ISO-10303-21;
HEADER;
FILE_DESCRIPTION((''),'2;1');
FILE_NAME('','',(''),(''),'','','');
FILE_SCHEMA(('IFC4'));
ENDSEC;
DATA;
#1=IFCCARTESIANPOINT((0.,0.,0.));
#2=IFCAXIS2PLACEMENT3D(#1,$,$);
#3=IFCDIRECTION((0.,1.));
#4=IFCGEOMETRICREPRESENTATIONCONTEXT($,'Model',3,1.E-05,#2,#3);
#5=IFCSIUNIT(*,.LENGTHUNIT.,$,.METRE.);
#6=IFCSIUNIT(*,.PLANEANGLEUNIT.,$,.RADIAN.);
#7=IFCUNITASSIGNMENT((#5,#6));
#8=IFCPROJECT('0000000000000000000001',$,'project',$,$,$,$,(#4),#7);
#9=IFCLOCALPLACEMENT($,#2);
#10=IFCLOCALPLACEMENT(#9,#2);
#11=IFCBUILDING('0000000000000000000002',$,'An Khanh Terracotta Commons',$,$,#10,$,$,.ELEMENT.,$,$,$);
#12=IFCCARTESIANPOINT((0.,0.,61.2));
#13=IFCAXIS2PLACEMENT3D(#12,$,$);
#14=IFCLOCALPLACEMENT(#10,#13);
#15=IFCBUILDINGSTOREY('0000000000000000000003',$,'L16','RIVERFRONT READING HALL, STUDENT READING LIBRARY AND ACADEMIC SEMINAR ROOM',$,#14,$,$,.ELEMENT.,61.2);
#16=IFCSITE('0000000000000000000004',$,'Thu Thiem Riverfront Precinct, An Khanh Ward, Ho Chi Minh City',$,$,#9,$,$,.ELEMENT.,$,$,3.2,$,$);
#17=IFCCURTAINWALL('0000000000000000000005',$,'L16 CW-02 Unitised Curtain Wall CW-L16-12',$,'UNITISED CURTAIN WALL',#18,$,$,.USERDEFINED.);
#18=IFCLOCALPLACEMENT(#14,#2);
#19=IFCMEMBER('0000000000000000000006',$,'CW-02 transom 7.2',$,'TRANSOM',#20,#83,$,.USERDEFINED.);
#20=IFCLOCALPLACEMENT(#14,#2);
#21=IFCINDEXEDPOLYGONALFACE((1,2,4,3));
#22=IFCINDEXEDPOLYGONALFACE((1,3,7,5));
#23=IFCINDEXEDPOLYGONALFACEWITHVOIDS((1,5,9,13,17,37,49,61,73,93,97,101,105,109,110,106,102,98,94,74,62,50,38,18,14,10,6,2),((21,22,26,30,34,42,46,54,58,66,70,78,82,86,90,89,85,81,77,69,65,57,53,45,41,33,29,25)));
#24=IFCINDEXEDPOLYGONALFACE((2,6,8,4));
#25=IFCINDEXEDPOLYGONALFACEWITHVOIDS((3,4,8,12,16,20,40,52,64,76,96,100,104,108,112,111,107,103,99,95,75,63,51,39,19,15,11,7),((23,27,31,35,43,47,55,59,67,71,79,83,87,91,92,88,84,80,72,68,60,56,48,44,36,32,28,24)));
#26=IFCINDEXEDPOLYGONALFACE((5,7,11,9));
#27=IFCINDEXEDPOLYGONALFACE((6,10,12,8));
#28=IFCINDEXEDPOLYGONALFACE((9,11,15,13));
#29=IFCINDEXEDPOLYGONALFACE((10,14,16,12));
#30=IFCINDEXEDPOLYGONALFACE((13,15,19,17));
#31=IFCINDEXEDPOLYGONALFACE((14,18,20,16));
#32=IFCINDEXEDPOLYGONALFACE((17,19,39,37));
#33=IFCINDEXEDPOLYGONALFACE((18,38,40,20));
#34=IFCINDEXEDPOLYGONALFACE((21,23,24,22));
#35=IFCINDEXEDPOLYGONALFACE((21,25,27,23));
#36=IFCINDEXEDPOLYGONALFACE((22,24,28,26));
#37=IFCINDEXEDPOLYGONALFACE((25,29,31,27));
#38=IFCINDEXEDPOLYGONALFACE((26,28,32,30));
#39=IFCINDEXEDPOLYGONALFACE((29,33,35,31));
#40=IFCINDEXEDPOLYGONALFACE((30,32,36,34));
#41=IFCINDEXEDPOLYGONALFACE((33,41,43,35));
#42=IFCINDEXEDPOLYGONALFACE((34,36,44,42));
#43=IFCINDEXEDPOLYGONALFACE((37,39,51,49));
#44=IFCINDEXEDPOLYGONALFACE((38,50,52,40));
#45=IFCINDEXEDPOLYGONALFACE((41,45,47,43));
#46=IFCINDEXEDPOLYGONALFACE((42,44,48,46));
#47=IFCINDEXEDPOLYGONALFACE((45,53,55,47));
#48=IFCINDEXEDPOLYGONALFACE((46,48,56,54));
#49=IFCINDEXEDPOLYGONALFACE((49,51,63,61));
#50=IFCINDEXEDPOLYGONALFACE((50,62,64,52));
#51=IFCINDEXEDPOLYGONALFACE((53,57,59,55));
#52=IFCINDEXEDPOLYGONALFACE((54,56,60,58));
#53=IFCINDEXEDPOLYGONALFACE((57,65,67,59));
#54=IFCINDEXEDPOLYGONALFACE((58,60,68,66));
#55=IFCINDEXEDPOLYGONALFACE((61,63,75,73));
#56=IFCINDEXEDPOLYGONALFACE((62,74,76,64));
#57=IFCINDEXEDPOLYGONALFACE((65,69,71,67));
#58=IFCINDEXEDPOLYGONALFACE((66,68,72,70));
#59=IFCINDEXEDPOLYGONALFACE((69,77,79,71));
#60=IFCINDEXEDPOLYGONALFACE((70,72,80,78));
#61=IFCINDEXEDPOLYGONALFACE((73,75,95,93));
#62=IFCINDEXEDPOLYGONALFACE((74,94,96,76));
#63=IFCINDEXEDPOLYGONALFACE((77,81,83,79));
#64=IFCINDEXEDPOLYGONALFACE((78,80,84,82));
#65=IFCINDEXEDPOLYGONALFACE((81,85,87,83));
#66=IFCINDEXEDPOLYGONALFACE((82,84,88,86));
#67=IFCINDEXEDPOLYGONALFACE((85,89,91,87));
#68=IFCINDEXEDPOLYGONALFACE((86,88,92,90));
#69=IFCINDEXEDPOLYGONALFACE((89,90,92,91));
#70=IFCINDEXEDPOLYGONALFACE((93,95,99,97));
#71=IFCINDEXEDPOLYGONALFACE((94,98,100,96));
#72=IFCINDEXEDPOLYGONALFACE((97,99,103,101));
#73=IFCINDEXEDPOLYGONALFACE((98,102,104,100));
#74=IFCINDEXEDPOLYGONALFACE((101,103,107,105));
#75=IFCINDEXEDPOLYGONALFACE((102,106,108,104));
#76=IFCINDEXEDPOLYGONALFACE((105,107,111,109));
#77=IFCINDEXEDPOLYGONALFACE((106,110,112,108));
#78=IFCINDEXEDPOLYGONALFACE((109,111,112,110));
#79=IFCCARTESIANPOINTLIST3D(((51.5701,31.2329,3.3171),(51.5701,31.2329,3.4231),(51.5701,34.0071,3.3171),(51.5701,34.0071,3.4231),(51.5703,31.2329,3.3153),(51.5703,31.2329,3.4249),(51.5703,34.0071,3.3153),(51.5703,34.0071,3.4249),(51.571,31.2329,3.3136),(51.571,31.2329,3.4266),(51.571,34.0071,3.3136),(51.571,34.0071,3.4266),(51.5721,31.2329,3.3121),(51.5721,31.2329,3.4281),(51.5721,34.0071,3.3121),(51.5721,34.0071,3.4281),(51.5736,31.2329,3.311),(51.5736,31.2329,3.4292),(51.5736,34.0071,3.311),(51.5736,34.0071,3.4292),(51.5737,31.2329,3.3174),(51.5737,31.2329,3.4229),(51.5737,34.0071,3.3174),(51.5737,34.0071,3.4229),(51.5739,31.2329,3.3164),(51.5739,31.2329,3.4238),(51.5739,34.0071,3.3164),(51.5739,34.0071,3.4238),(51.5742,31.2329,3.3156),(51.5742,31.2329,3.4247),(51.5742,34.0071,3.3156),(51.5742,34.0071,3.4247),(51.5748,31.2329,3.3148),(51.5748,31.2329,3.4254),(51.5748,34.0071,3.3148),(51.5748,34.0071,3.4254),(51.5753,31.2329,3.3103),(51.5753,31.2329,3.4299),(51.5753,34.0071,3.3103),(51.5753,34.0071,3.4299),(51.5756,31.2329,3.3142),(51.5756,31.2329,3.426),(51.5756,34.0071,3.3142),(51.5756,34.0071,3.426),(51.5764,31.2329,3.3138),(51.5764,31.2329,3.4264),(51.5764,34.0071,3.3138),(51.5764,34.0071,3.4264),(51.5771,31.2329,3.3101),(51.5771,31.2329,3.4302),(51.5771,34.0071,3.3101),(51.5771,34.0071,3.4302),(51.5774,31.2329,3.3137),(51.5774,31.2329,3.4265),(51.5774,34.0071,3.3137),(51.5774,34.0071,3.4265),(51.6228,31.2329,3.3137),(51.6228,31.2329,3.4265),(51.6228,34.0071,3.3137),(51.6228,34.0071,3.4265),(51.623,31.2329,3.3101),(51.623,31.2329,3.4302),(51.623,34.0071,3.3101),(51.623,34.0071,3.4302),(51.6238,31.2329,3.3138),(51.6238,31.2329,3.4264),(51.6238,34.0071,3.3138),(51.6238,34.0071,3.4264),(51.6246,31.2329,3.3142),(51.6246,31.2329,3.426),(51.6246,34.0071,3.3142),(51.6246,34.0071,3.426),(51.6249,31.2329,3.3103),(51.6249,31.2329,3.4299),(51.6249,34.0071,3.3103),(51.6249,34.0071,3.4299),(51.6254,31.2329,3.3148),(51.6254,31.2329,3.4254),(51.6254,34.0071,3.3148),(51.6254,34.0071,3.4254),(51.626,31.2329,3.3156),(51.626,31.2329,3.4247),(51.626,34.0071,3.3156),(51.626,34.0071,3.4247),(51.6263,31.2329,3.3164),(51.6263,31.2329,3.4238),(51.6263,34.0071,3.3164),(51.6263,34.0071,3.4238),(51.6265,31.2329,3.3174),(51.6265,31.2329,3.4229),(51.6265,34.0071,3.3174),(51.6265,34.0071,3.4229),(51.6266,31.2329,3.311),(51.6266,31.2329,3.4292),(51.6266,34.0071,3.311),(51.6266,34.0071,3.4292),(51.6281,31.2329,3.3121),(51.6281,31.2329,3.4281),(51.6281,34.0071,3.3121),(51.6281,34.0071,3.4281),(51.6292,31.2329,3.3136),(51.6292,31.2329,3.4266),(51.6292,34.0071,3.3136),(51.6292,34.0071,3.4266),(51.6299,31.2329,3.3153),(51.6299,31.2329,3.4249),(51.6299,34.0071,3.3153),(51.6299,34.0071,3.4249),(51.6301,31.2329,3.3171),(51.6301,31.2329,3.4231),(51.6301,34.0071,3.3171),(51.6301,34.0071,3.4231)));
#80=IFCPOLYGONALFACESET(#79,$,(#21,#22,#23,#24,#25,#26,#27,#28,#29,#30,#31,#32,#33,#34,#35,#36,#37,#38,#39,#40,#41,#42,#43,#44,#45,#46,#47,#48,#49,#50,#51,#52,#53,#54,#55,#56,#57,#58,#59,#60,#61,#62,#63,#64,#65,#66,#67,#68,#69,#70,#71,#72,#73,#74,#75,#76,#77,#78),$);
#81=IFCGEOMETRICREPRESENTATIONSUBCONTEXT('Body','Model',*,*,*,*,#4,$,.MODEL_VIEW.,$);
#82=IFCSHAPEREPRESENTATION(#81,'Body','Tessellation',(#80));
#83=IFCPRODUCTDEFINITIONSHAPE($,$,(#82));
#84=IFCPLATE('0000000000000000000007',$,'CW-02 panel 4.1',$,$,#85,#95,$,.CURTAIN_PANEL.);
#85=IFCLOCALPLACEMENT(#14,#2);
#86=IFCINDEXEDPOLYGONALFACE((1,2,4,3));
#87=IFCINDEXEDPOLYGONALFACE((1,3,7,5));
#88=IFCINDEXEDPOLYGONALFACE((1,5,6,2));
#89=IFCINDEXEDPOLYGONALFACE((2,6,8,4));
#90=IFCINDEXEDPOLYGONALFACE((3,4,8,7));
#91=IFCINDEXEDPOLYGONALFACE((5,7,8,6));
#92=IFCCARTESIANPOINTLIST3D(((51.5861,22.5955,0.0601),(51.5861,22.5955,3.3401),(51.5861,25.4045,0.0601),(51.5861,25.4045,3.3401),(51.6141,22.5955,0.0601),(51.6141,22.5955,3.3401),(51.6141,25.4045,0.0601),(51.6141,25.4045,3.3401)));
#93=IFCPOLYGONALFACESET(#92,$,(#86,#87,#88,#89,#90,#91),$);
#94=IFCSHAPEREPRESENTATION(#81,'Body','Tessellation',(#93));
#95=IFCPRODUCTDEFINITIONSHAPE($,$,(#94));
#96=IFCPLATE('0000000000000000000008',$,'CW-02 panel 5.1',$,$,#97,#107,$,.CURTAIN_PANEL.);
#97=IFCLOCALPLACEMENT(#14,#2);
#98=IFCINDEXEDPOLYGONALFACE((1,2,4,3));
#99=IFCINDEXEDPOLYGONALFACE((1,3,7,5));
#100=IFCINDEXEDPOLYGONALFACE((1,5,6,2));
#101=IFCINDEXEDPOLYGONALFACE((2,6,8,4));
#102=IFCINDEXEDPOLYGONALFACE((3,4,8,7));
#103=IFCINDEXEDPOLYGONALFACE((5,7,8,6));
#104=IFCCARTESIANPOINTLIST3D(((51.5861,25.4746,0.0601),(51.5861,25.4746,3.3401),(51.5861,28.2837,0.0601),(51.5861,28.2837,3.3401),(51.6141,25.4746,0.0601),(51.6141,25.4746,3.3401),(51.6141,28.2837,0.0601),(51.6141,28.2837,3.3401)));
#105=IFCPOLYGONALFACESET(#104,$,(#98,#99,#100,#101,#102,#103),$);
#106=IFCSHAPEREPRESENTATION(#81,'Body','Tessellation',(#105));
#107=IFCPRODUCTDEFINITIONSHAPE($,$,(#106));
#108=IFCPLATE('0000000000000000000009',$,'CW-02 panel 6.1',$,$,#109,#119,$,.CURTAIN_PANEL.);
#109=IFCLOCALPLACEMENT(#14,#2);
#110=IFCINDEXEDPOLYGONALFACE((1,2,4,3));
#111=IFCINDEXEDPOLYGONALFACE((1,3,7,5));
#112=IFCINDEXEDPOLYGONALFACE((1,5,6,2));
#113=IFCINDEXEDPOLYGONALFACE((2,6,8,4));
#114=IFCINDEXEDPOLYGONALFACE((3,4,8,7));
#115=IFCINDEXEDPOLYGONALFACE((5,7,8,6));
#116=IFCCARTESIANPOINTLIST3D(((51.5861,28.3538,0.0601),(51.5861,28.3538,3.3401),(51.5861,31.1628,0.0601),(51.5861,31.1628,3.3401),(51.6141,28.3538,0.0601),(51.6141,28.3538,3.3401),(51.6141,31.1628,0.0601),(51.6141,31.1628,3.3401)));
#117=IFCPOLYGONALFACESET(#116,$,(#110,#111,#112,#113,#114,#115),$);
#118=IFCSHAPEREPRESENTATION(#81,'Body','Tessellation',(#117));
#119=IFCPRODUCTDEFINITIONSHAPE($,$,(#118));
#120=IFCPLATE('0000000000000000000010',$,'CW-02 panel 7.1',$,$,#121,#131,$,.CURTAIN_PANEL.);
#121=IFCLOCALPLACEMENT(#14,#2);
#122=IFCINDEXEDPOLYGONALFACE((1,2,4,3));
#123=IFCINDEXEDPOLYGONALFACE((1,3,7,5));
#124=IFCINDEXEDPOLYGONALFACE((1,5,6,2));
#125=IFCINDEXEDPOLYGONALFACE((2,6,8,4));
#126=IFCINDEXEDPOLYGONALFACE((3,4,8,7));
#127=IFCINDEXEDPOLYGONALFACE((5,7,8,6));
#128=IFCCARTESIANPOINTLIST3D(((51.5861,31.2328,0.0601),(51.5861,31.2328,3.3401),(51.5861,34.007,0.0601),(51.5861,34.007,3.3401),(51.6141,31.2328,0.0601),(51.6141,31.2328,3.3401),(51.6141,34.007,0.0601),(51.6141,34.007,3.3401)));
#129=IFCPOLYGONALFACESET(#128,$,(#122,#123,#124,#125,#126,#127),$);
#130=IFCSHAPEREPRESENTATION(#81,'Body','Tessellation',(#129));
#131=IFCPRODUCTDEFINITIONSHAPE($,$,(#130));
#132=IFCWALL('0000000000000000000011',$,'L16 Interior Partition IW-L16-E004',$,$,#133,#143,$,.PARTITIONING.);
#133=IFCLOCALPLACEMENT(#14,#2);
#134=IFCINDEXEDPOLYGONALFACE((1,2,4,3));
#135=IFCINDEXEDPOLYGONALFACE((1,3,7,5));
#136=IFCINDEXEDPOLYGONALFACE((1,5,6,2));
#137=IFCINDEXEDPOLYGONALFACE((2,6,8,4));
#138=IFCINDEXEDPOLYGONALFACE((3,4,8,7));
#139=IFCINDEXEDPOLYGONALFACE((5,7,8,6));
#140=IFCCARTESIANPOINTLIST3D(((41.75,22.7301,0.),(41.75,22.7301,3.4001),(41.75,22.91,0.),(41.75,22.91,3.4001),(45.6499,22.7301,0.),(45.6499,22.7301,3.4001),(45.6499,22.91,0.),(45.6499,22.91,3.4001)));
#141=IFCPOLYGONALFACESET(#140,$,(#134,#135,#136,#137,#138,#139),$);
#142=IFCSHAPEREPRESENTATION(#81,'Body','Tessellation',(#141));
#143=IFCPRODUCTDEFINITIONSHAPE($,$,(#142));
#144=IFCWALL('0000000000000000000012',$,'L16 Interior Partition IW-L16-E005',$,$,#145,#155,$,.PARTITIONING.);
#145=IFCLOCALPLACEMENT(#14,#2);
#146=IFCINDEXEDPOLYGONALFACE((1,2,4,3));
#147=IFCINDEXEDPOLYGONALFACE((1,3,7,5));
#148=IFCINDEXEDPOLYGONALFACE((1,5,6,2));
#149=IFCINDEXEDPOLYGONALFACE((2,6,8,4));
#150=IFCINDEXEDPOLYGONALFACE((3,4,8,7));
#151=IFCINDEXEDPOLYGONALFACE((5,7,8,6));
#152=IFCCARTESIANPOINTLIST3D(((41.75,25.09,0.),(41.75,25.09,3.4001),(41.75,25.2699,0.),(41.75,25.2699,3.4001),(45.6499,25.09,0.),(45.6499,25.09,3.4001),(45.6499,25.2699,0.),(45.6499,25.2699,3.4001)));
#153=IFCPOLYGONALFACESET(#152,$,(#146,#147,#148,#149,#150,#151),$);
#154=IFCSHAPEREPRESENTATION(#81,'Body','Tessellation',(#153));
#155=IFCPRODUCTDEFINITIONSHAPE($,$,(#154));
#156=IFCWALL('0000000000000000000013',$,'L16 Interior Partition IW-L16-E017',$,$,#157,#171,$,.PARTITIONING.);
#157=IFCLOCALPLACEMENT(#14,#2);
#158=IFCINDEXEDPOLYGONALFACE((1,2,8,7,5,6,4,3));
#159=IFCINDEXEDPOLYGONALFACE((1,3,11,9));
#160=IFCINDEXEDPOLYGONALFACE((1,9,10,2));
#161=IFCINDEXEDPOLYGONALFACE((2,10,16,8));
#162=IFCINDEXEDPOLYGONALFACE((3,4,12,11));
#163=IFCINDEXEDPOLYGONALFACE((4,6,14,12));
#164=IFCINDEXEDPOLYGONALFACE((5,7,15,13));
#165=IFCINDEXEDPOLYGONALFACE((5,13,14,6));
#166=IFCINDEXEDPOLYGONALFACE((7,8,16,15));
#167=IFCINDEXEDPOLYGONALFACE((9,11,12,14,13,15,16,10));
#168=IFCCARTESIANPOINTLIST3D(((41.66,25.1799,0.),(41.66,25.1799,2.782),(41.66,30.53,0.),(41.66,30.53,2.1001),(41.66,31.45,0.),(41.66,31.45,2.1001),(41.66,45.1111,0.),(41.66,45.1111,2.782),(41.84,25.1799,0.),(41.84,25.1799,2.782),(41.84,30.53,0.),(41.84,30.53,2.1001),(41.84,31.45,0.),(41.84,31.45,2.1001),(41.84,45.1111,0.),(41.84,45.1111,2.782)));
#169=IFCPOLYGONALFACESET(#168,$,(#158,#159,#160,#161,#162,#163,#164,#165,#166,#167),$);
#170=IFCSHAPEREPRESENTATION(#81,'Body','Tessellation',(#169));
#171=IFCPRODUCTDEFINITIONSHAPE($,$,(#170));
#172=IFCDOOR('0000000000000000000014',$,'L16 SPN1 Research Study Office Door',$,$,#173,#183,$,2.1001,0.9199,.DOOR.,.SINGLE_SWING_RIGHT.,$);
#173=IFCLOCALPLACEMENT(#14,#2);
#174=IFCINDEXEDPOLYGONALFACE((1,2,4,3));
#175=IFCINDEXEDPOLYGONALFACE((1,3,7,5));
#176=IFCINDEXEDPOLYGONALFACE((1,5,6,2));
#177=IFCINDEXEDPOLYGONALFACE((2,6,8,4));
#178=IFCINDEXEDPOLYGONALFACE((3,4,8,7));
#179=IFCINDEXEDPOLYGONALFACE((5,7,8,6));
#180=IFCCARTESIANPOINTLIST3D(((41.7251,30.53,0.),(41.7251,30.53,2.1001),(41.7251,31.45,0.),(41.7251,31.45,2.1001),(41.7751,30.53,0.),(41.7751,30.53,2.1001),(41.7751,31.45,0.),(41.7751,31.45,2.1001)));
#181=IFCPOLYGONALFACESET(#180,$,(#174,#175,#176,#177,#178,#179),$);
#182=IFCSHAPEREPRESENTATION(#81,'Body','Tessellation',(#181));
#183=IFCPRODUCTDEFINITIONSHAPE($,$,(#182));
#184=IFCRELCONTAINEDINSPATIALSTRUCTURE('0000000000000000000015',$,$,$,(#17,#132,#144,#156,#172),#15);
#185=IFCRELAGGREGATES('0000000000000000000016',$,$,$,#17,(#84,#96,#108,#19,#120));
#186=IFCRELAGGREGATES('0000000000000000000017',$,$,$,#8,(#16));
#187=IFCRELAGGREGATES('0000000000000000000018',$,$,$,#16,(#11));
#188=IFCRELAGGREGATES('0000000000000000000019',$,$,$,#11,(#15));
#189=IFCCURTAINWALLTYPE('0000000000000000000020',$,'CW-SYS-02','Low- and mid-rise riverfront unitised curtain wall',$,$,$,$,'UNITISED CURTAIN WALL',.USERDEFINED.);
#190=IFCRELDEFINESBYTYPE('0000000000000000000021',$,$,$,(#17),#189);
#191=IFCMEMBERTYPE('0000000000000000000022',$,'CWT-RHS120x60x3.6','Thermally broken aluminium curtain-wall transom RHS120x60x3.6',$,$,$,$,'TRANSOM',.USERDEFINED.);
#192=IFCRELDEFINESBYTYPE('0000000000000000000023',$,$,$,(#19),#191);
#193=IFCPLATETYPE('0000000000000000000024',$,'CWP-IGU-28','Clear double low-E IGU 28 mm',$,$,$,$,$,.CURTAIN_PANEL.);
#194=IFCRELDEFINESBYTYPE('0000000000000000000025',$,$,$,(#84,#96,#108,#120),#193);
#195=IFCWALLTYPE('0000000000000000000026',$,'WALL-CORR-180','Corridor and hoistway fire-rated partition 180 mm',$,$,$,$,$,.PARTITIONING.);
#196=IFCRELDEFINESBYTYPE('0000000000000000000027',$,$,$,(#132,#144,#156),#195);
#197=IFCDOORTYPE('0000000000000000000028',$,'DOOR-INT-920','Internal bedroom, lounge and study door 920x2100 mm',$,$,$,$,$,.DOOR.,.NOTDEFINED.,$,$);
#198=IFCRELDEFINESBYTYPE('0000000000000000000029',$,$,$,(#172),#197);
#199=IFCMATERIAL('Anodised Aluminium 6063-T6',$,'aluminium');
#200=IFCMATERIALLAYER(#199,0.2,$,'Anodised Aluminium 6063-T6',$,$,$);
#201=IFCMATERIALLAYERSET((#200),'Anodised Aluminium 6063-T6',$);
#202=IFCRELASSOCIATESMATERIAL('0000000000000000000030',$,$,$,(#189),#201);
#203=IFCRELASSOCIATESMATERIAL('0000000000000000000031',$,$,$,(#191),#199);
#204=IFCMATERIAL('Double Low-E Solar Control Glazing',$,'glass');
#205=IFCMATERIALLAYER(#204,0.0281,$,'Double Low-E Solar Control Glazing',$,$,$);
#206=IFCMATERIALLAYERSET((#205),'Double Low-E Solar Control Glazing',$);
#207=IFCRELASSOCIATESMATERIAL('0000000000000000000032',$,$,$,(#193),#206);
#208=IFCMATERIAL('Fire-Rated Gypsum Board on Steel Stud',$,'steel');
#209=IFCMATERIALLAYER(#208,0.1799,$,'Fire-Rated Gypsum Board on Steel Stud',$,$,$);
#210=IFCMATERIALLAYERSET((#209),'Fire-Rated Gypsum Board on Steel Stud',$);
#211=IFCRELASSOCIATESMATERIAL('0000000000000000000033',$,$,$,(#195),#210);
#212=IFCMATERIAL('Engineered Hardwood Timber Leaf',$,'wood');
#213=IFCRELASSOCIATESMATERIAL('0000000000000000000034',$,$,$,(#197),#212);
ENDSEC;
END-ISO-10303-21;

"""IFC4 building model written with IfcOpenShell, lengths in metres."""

from ifc_helpers import new_model, si_unit, direction, frame, frame_2d, origin, origin_2d, place, context, subcontext, project, spatial, rectangle, hollow_rectangle, extrude, material, layer, layer_set, material_profile, profile_set, type_object, element, fill, aggregate, save


model = new_model("IFC4")

# Units and contexts
model_context = context("Model", 3, precision=1e-05, world=origin(), true_north=direction((0.0, 1.0)))
body_context = subcontext(model_context, "Body", "Model", "MODEL_VIEW")
ifc_project = project(units=[si_unit("LENGTHUNIT", "METRE"), si_unit("PLANEANGLEUNIT", "RADIAN")], contexts=[model_context])

# Site, building, storey
site_placement = place(None, origin())
site = spatial("IfcSite", under=ifc_project, at=site_placement, Name="Thu Thiem Riverfront Precinct, An Khanh Ward, Ho Chi Minh City", CompositionType="ELEMENT", RefElevation=3.2)
building_placement = place(site_placement, origin())
building = spatial("IfcBuilding", under=site, at=building_placement, Name="An Khanh Terracotta Commons", CompositionType="ELEMENT")
storey_placement = place(building_placement, frame((0.0, 0.0, 61.2)))
storey = spatial("IfcBuildingStorey", under=building, at=storey_placement, Name="L16", Description="RIVERFRONT READING HALL, STUDENT READING LIBRARY AND ACADEMIC SEMINAR ROOM", CompositionType="ELEMENT", Elevation=61.2)

# Curtain wall, member, plates
ifc_material_1 = material(Name="Anodised Aluminium 6063-T6", Category="aluminium")
ifc_layer_1 = layer(ifc_material_1, 0.2, Name="Anodised Aluminium 6063-T6")
ifc_layer_set_1 = layer_set([ifc_layer_1], Name="Anodised Aluminium 6063-T6")
curtain_wall_type = type_object("IfcCurtainWallType", Name="CW-SYS-02", Description="Low- and mid-rise riverfront unitised curtain wall", ElementType="UNITISED CURTAIN WALL", PredefinedType="USERDEFINED", material=ifc_layer_set_1)
curtain_wall_placement = place(storey_placement, origin())
curtain_wall = element("IfcCurtainWall", 1, at=curtain_wall_placement, inside=storey, type_object=curtain_wall_type, Name="L16 CW-02 Unitised Curtain Wall CW-L16-12", ObjectType="UNITISED CURTAIN WALL", PredefinedType="USERDEFINED")
ifc_material_profile_1 = material_profile(ifc_material_1, hollow_rectangle(XDim=0.0601, YDim=0.1201, WallThickness=0.0037, InnerFilletRadius=0.0037, OuterFilletRadius=0.0071, at=origin_2d()), Name="RHS120x60x3.6")
ifc_profile_set_1 = profile_set([ifc_material_profile_1], Name="Anodised Aluminium 6063-T6")
member_type_1 = type_object("IfcMemberType", Name="CWT-RHS120x60x3.6", Description="Thermally broken aluminium curtain-wall transom RHS120x60x3.6", ElementType="TRANSOM", PredefinedType="USERDEFINED", material=ifc_profile_set_1)
member_1_placement = place(storey_placement, frame((51.6001, 31.2329, 3.3701), z_axis=(0.0, 1.0, 0.0), x_axis=(-1.0, 0.0, 0.0)))
member_1 = element("IfcMember", 2, at=member_1_placement, type_object=member_type_1, Name="CW-02 transom 7.2", ObjectType="TRANSOM", PredefinedType="USERDEFINED", context=body_context, shape_type="SweptSolid", body=[
    extrude(hollow_rectangle(XDim=0.0601, YDim=0.1201, WallThickness=0.0037, InnerFilletRadius=0.0037, OuterFilletRadius=0.0071, at=origin_2d()), origin(), (0.0, 0.0, 1.0), 2.7742),
])
ifc_material_2 = material(Name="Double Low-E Solar Control Glazing", Category="glass")
ifc_layer_2 = layer(ifc_material_2, 0.0281, Name="Double Low-E Solar Control Glazing")
ifc_layer_set_2 = layer_set([ifc_layer_2], Name="Double Low-E Solar Control Glazing")
plate_type = type_object("IfcPlateType", Name="CWP-IGU-28", Description="Clear double low-E IGU 28 mm", PredefinedType="CURTAIN_PANEL", material=ifc_layer_set_2)
plate_1_placement = place(storey_placement, frame((51.6001, 24.0, 0.0601), z_axis=(0.0, 0.0, 1.0), x_axis=(0.0, 1.0, 0.0)))
plate_1 = element("IfcPlate", 3, at=plate_1_placement, type_object=plate_type, Name="CW-02 panel 4.1", PredefinedType="CURTAIN_PANEL", context=body_context, shape_type="SweptSolid", body=[
    extrude(rectangle(XDim=2.8091, YDim=0.0281, at=origin_2d()), origin(), (0.0, 0.0, 1.0), 3.28),
])
plate_2_placement = place(storey_placement, frame((51.6001, 26.8792, 0.0601), z_axis=(0.0, 0.0, 1.0), x_axis=(0.0, 1.0, 0.0)))
plate_2 = element("IfcPlate", 4, at=plate_2_placement, type_object=plate_type, Name="CW-02 panel 5.1", PredefinedType="CURTAIN_PANEL", context=body_context, shape_type="SweptSolid", body=[
    extrude(rectangle(XDim=2.8091, YDim=0.0281, at=origin_2d()), origin(), (0.0, 0.0, 1.0), 3.28),
])
plate_3_placement = place(storey_placement, frame((51.6001, 29.7583, 0.0601), z_axis=(0.0, 0.0, 1.0), x_axis=(0.0, 1.0, 0.0)))
plate_3 = element("IfcPlate", 5, at=plate_3_placement, type_object=plate_type, Name="CW-02 panel 6.1", PredefinedType="CURTAIN_PANEL", context=body_context, shape_type="SweptSolid", body=[
    extrude(rectangle(XDim=2.8091, YDim=0.0281, at=origin_2d()), origin(), (0.0, 0.0, 1.0), 3.28),
])
plate_4_placement = place(storey_placement, frame((51.6001, 32.6199, 0.0601), z_axis=(0.0, 0.0, 1.0), x_axis=(0.0, 1.0, 0.0)))
plate_4 = element("IfcPlate", 6, at=plate_4_placement, type_object=plate_type, Name="CW-02 panel 7.1", PredefinedType="CURTAIN_PANEL", context=body_context, shape_type="SweptSolid", body=[
    extrude(rectangle(XDim=2.7742, YDim=0.0281, at=origin_2d()), origin(), (0.0, 0.0, 1.0), 3.28),
])
aggregate(curtain_wall, [plate_1, plate_2, plate_3, member_1, plate_4])

# Walls
ifc_material_3 = material(Name="Fire-Rated Gypsum Board on Steel Stud", Category="steel")
ifc_layer_3 = layer(ifc_material_3, 0.1799, Name="Fire-Rated Gypsum Board on Steel Stud")
ifc_layer_set_3 = layer_set([ifc_layer_3], Name="Fire-Rated Gypsum Board on Steel Stud")
wall_type = type_object("IfcWallType", Name="WALL-CORR-180", Description="Corridor and hoistway fire-rated partition 180 mm", PredefinedType="PARTITIONING", material=ifc_layer_set_3)
for number, where, z_axis, x_axis, name in (
    (7, (41.75, 22.8201, 0.0), (0.0, 0.0, 1.0), (1.0, 0.0, 0.0), "L16 Interior Partition IW-L16-E004"),
    (8, (41.75, 25.1799, 0.0), (0.0, 0.0, 1.0), (1.0, 0.0, 0.0), "L16 Interior Partition IW-L16-E005"),
):
    element("IfcWall", number, at=place(storey_placement, frame(where, z_axis=z_axis, x_axis=x_axis)), inside=storey, type_object=wall_type, Name=name, PredefinedType="PARTITIONING", context=body_context, shape_type="SweptSolid", body=[
        extrude(rectangle(XDim=3.8999, YDim=0.1799, at=frame_2d((1.95, 0.0))), origin(), (0.0, 0.0, 1.0), 3.4001),
    ])

# Wall, opening, door
wall_placement = place(storey_placement, frame((41.75, 25.1799, 0.0), z_axis=(0.0, 0.0, 1.0), x_axis=(0.0, 1.0, 0.0)))
wall = element("IfcWall", 9, at=wall_placement, inside=storey, type_object=wall_type, Name="L16 Interior Partition IW-L16-E017", PredefinedType="PARTITIONING", context=body_context, shape_type="SweptSolid", body=[
    extrude(rectangle(XDim=19.9312, YDim=0.1799, at=frame_2d((9.9656, 0.0))), origin(), (0.0, 0.0, 1.0), 2.782),
])
opening_placement = place(wall_placement, frame((5.3501, 0.0, 0.0)))
opening = element("IfcOpeningElement", 10, at=opening_placement, cuts=wall, PredefinedType="OPENING", context=body_context, shape_type="SweptSolid", body=[
    extrude(rectangle(XDim=0.9199, YDim=2.1001, at=frame_2d((0.46, 1.05))), frame((0.0, 0.0999, 0.0), z_axis=(0.0, -1.0, 0.0), x_axis=(1.0, 0.0, 0.0)), (0.0, 0.0, 1.0), 0.2),
])
ifc_material_4 = material(Name="Engineered Hardwood Timber Leaf", Category="wood")
door_type = type_object("IfcDoorType", Name="DOOR-INT-920", Description="Internal bedroom, lounge and study door 920x2100 mm", OperationType="NOTDEFINED", PredefinedType="DOOR", material=ifc_material_4)
door_placement = place(opening_placement, origin())
door = element("IfcDoor", 11, at=door_placement, inside=storey, type_object=door_type, Name="L16 SPN1 Research Study Office Door", OperationType="SINGLE_SWING_RIGHT", OverallHeight=2.1001, OverallWidth=0.9199, PredefinedType="DOOR", context=body_context, shape_type="SweptSolid", body=[
    extrude(rectangle(XDim=0.9199, YDim=2.1001, at=frame_2d((0.46, 1.05))), frame((0.0, 0.0249, 0.0), z_axis=(0.0, -1.0, 0.0), x_axis=(1.0, 0.0, 0.0)), (0.0, 0.0, 1.0), 0.05),
])
fill(opening, door)

save(model, "model.ifc")
